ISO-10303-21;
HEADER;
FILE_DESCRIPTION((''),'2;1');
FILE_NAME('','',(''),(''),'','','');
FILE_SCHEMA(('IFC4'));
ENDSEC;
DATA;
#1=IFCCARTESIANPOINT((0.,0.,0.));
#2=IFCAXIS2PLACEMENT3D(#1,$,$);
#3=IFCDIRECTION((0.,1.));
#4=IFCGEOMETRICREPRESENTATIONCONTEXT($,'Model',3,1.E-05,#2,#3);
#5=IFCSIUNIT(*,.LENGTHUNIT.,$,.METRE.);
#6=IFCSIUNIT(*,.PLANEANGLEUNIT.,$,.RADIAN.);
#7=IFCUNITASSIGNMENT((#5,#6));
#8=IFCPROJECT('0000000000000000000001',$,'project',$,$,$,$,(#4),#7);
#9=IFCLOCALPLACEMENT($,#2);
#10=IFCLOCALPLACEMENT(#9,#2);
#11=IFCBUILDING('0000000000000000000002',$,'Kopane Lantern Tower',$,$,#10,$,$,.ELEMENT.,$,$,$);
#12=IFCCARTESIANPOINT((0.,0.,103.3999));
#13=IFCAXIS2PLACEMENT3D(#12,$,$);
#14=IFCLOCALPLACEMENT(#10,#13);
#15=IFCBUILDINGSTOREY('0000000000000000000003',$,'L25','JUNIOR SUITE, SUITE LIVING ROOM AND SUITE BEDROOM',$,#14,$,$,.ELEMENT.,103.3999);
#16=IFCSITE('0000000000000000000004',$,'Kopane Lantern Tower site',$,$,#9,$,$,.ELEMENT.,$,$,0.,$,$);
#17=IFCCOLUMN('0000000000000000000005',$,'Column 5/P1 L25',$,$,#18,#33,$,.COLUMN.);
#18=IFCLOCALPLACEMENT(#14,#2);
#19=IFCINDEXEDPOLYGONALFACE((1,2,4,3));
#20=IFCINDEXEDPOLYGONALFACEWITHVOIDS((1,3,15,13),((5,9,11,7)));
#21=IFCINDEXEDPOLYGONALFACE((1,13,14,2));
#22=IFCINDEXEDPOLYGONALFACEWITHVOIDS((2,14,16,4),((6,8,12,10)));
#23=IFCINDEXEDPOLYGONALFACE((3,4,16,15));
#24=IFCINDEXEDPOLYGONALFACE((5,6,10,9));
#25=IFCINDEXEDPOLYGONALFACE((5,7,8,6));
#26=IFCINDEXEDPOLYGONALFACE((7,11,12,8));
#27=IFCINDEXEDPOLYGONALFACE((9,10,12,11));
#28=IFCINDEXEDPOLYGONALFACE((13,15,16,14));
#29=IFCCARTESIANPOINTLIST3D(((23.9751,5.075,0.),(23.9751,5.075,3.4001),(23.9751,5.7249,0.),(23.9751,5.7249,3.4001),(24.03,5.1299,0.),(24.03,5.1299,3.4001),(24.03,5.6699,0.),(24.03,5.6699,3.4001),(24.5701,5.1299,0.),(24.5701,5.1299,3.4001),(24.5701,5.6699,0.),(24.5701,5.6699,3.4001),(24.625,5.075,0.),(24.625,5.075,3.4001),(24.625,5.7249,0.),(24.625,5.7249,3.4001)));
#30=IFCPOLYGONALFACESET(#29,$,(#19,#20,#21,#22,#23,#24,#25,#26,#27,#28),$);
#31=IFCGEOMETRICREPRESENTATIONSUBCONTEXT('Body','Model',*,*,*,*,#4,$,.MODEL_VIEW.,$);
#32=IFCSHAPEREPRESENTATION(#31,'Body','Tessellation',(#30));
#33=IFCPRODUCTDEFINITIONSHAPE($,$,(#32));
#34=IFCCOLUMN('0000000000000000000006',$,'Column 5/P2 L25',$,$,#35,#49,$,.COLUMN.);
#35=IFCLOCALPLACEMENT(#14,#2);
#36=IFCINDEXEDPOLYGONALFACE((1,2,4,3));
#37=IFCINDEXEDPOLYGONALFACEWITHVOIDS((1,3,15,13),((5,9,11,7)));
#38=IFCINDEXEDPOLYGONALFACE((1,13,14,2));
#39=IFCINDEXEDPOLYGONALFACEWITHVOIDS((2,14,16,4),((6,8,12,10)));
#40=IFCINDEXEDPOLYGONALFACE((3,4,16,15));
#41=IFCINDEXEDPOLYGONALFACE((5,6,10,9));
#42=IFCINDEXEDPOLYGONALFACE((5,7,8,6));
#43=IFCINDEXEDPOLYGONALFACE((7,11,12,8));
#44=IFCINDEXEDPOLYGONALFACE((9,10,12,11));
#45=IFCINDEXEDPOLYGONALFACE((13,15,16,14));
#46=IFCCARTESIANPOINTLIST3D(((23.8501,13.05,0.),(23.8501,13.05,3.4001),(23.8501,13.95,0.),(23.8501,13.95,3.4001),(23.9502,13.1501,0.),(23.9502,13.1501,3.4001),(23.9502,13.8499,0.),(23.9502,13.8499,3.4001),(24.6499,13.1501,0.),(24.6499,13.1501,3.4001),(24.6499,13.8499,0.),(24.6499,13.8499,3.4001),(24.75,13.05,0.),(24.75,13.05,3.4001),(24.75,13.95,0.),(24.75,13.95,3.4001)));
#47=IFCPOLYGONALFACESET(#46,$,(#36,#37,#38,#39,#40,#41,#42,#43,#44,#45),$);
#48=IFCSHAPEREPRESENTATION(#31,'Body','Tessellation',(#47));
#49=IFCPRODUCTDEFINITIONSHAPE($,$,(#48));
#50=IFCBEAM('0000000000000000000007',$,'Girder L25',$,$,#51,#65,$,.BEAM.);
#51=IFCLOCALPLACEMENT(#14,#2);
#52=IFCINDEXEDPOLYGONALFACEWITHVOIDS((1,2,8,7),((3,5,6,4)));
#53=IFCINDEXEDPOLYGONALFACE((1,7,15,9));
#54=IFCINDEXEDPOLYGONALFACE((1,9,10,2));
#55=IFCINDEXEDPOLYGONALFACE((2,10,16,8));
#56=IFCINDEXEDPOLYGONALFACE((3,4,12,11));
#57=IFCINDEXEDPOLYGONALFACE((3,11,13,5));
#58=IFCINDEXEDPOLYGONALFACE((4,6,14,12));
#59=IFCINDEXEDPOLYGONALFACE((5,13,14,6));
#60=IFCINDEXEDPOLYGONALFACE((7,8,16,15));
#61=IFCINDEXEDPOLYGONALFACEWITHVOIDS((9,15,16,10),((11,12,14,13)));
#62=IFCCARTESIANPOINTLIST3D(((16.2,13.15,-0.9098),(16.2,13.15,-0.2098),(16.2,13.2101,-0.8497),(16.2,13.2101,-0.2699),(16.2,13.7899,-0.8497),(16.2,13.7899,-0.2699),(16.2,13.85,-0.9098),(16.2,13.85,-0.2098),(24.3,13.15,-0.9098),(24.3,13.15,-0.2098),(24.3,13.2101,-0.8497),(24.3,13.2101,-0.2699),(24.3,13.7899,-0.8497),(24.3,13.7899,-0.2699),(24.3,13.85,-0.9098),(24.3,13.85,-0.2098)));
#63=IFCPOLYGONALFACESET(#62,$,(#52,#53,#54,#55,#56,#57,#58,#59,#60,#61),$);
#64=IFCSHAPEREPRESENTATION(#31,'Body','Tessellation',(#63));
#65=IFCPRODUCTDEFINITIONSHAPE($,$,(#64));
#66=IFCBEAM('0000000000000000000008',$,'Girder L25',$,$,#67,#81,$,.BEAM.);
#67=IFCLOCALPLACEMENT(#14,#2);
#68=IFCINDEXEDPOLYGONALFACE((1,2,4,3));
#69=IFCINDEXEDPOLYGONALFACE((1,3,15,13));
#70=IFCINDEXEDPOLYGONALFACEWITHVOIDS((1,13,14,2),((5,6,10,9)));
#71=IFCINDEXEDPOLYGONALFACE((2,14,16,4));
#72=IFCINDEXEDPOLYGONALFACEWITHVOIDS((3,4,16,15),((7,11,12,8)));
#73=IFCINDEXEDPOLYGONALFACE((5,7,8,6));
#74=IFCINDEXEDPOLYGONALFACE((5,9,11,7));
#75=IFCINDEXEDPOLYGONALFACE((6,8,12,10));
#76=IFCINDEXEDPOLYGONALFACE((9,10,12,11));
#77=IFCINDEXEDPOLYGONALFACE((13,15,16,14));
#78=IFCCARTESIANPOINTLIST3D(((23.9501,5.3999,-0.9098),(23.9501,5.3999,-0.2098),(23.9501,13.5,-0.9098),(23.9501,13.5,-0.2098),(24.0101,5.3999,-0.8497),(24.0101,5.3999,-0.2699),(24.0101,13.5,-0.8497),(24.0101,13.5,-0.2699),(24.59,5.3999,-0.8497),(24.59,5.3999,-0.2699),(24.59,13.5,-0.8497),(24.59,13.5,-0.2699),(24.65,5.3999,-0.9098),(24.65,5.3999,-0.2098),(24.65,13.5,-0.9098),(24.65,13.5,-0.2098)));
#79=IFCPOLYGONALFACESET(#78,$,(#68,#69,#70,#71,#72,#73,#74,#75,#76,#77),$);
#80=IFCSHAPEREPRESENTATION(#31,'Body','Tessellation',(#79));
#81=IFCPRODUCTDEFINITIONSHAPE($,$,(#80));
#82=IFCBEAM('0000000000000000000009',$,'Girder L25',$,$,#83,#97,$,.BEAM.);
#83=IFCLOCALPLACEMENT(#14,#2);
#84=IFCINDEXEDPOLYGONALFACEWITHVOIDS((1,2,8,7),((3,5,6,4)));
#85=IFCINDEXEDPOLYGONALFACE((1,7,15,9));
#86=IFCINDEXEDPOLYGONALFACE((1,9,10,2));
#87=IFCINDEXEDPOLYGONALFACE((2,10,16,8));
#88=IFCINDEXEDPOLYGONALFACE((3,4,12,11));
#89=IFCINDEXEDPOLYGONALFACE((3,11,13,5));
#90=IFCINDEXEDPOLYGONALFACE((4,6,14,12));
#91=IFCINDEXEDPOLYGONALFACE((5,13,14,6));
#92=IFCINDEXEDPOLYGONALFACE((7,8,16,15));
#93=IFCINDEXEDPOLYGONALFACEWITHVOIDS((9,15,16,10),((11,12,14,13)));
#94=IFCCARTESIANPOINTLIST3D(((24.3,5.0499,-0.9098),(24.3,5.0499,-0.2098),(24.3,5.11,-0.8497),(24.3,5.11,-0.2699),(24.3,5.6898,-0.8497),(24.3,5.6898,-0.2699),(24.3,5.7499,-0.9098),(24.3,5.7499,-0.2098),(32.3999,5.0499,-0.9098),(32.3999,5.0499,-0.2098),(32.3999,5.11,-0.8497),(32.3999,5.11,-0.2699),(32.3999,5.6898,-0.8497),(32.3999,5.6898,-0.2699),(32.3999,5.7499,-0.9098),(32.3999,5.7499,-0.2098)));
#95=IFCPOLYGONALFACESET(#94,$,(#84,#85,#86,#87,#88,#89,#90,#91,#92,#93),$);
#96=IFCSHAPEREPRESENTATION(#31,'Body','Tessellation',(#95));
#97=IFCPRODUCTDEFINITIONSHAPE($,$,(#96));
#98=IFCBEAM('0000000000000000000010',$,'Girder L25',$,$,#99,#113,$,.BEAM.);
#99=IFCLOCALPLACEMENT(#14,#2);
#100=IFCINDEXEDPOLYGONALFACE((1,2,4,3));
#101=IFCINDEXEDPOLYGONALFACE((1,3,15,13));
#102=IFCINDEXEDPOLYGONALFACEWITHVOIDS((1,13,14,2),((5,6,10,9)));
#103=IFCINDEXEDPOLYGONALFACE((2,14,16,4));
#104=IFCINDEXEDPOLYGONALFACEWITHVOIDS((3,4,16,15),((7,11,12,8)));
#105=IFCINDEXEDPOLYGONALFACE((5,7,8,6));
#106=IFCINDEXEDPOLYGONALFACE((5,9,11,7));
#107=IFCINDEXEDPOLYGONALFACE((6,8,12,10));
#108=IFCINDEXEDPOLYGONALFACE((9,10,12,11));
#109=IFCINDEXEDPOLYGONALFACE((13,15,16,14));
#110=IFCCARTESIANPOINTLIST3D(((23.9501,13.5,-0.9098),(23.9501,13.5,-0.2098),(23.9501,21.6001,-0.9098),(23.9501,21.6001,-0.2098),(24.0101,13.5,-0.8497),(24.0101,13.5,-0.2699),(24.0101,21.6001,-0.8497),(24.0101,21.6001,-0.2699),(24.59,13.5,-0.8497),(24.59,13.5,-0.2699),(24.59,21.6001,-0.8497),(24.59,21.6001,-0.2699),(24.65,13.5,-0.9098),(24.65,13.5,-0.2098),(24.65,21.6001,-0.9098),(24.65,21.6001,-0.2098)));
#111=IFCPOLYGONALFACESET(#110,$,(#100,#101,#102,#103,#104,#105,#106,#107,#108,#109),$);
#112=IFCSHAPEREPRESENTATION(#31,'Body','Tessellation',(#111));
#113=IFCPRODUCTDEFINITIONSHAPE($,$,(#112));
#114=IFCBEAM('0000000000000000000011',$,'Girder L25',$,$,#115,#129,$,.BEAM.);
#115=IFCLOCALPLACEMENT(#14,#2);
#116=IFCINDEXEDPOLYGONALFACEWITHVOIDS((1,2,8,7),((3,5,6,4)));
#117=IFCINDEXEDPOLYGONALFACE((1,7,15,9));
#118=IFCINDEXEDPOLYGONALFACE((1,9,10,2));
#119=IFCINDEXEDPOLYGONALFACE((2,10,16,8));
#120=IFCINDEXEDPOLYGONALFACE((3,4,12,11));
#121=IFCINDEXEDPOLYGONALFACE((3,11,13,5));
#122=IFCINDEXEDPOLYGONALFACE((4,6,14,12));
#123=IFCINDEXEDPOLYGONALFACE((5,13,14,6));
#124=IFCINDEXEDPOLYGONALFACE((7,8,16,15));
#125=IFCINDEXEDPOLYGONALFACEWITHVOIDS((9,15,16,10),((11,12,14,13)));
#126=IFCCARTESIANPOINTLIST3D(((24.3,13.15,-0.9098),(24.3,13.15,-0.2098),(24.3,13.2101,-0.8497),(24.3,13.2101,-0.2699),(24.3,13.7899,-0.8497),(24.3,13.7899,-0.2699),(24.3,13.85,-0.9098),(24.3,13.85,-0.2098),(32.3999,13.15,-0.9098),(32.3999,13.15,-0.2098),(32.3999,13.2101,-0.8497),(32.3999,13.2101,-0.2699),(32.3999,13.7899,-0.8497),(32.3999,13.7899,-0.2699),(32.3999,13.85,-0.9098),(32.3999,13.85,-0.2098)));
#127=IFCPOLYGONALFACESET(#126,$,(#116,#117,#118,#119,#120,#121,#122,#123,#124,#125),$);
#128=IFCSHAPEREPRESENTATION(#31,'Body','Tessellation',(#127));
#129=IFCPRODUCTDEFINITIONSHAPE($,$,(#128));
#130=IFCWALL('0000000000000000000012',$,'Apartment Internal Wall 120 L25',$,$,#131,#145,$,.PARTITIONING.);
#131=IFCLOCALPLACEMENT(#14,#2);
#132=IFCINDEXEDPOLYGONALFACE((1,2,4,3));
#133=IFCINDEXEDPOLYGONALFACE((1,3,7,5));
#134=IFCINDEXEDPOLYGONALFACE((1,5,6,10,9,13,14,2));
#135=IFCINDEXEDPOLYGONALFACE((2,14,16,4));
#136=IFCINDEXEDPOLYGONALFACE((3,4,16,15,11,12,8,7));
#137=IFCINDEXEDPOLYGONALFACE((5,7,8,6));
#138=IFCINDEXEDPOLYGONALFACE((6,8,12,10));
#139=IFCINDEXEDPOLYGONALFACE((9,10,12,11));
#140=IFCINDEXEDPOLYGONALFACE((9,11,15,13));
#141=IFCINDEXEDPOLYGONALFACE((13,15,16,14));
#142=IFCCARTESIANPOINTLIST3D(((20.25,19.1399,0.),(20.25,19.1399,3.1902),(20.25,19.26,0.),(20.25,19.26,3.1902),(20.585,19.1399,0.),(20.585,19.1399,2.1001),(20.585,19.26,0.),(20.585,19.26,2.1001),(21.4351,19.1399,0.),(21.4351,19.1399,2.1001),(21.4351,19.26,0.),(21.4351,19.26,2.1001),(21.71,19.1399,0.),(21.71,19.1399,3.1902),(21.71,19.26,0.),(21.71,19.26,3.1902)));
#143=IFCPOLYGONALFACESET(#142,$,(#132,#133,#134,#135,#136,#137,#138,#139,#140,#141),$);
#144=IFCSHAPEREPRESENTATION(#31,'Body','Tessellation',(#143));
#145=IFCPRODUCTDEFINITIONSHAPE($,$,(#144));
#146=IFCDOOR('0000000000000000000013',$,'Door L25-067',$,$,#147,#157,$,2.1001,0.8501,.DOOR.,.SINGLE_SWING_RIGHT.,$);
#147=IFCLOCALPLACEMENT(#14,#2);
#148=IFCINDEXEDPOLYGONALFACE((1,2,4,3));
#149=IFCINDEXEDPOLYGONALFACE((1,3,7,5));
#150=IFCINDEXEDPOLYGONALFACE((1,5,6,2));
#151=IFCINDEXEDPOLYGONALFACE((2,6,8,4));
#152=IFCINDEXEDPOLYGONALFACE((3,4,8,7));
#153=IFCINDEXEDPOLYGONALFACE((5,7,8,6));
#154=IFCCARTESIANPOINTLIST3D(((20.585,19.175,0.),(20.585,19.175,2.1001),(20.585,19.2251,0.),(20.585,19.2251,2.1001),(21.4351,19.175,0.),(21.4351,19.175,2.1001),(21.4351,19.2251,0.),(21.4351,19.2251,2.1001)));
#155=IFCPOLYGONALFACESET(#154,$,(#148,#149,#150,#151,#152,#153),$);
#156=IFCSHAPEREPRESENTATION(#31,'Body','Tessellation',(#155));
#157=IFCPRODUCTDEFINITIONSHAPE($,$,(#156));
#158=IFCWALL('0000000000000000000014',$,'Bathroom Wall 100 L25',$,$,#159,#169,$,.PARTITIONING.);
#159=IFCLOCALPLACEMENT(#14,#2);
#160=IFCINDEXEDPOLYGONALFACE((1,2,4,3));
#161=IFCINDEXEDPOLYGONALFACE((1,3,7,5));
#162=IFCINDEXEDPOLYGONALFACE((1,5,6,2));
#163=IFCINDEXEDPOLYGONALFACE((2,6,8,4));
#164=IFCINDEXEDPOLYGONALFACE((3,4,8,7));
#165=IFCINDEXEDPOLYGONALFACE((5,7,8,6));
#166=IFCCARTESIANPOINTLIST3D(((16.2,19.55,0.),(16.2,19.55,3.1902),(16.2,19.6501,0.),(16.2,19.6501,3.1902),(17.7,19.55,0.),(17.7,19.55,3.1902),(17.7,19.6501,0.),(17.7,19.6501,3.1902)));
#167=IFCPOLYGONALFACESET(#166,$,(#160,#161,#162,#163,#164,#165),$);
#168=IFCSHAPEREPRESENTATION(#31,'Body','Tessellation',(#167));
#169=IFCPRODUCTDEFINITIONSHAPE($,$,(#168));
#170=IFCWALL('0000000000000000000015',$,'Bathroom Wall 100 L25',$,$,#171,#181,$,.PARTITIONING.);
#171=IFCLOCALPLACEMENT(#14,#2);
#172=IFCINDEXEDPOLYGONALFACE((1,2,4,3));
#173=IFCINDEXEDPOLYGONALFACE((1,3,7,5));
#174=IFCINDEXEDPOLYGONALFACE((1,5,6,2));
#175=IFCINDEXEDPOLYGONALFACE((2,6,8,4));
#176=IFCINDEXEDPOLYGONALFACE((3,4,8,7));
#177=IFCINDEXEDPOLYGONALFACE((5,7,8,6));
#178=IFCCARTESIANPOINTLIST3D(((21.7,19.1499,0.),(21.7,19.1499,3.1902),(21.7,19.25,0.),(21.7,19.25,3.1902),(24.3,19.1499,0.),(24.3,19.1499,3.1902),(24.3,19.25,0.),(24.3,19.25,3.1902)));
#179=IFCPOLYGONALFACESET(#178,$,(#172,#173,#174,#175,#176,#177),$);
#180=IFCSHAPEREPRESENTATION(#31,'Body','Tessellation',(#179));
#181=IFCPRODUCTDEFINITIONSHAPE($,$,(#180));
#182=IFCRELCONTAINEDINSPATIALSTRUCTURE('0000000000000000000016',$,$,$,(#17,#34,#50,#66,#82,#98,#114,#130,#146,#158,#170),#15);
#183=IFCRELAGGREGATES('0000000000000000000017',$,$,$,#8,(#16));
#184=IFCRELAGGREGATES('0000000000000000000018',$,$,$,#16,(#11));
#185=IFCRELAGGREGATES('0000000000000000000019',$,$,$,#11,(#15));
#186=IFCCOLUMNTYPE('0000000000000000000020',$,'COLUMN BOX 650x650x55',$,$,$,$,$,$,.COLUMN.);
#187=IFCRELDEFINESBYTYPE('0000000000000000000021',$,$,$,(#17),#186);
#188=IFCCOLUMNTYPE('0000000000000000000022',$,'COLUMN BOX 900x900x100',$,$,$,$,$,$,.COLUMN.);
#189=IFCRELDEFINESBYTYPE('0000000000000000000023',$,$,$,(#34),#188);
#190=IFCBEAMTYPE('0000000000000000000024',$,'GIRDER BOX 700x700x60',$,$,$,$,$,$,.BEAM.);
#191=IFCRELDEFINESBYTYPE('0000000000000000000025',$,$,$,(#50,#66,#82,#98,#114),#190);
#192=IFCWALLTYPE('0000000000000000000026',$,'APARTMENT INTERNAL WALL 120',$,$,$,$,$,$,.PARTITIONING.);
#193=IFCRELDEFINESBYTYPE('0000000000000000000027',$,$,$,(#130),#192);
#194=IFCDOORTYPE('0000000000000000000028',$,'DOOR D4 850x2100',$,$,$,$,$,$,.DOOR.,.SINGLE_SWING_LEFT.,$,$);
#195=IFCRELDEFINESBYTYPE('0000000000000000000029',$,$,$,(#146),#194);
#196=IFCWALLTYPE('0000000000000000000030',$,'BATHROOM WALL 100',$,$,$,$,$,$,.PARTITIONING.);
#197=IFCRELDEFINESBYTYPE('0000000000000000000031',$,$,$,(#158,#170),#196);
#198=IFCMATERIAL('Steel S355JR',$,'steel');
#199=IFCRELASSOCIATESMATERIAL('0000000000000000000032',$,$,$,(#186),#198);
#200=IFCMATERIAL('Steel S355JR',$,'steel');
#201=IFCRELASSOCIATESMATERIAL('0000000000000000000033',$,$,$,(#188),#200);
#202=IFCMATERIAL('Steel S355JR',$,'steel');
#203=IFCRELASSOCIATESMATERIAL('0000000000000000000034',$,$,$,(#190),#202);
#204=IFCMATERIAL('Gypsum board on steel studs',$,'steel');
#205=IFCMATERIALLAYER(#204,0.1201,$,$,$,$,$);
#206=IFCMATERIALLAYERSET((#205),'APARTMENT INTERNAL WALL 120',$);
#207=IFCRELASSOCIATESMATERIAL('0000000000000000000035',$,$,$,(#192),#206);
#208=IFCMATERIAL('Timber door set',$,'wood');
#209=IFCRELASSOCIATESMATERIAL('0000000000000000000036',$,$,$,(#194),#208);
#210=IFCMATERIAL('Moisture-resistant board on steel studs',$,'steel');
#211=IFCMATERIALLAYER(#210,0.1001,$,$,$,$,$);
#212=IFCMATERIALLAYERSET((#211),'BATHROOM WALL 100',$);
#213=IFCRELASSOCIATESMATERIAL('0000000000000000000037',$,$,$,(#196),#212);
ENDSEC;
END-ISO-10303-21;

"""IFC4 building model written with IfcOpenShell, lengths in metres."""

from ifc_helpers import new_model, si_unit, direction, frame, frame_2d, origin, origin_2d, place, context, subcontext, project, spatial, rectangle, hollow_rectangle, extrude, material, layer, layer_set, material_profile, profile_set, type_object, element, fill, save


model = new_model("IFC4")

# Units and contexts
model_context = context("Model", 3, precision=1e-05, world=origin(), true_north=direction((0.0, 1.0)))
body_context = subcontext(model_context, "Body", "Model", "MODEL_VIEW")
ifc_project = project(units=[si_unit("LENGTHUNIT", "METRE"), si_unit("PLANEANGLEUNIT", "RADIAN")], contexts=[model_context])

# Site, building, storey
site_placement = place(None, origin())
site = spatial("IfcSite", under=ifc_project, at=site_placement, Name="Kopane Lantern Tower site", CompositionType="ELEMENT", RefElevation=0.0)
building_placement = place(site_placement, origin())
building = spatial("IfcBuilding", under=site, at=building_placement, Name="Kopane Lantern Tower", CompositionType="ELEMENT")
storey_placement = place(building_placement, frame((0.0, 0.0, 103.3999)))
storey = spatial("IfcBuildingStorey", under=building, at=storey_placement, Name="L25", Description="JUNIOR SUITE, SUITE LIVING ROOM AND SUITE BEDROOM", CompositionType="ELEMENT", Elevation=103.3999)

# Columns
ifc_material_1 = material(Name="Steel S355JR", Category="steel")
ifc_material_profile_1 = material_profile(ifc_material_1, hollow_rectangle(XDim=0.6499, YDim=0.6499, WallThickness=0.0549, at=origin_2d()), Name="BOX 650x650x55")
ifc_profile_set_1 = profile_set([ifc_material_profile_1], Name="Steel S355JR")
column_type_1 = type_object("IfcColumnType", Name="COLUMN BOX 650x650x55", PredefinedType="COLUMN", material=ifc_profile_set_1)
column_1_placement = place(storey_placement, frame((24.3, 5.3999, 0.0), z_axis=(0.0, 0.0, 1.0), x_axis=(1.0, 0.0, 0.0)))
element("IfcColumn", 1, at=column_1_placement, inside=storey, type_object=column_type_1, Name="Column 5/P1 L25", PredefinedType="COLUMN", context=body_context, shape_type="SweptSolid", body=[
    extrude(hollow_rectangle(XDim=0.6499, YDim=0.6499, WallThickness=0.0549, at=origin_2d()), origin(), (0.0, 0.0, 1.0), 3.4001),
])
ifc_material_2 = material(Name="Steel S355JR", Category="steel")
ifc_material_profile_2 = material_profile(ifc_material_2, hollow_rectangle(XDim=0.8999, YDim=0.8999, WallThickness=0.1001, at=origin_2d()), Name="BOX 900x900x100")
ifc_profile_set_2 = profile_set([ifc_material_profile_2], Name="Steel S355JR")
column_type_2 = type_object("IfcColumnType", Name="COLUMN BOX 900x900x100", PredefinedType="COLUMN", material=ifc_profile_set_2)
column_2_placement = place(storey_placement, frame((24.3, 13.5, 0.0), z_axis=(0.0, 0.0, 1.0), x_axis=(1.0, 0.0, 0.0)))
element("IfcColumn", 2, at=column_2_placement, inside=storey, type_object=column_type_2, Name="Column 5/P2 L25", PredefinedType="COLUMN", context=body_context, shape_type="SweptSolid", body=[
    extrude(hollow_rectangle(XDim=0.8999, YDim=0.8999, WallThickness=0.1001, at=origin_2d()), origin(), (0.0, 0.0, 1.0), 3.4001),
])

# Beams
ifc_material_3 = material(Name="Steel S355JR", Category="steel")
ifc_material_profile_3 = material_profile(ifc_material_3, hollow_rectangle(XDim=0.7, YDim=0.7, WallThickness=0.0601, at=origin_2d()), Name="BOX 700x700x60")
ifc_profile_set_3 = profile_set([ifc_material_profile_3], Name="Steel S355JR")
beam_type = type_object("IfcBeamType", Name="GIRDER BOX 700x700x60", PredefinedType="BEAM", material=ifc_profile_set_3)
for number, where, z_axis, x_axis, name in (
    (3, (16.2, 13.5, -0.5598), (1.0, 0.0, 0.0), (0.0, 1.0, 0.0), "Girder L25"),
    (4, (24.3, 5.3999, -0.5598), (0.0, 1.0, 0.0), (-1.0, 0.0, 0.0), "Girder L25"),
):
    element("IfcBeam", number, at=place(storey_placement, frame(where, z_axis=z_axis, x_axis=x_axis)), inside=storey, type_object=beam_type, Name=name, PredefinedType="BEAM", context=body_context, shape_type="SweptSolid", body=[
        extrude(hollow_rectangle(XDim=0.7, YDim=0.7, WallThickness=0.0601, at=origin_2d()), origin(), (0.0, 0.0, 1.0), 8.1001),
    ])
beam_1_placement = place(storey_placement, frame((24.3, 5.3999, -0.5598), z_axis=(1.0, 0.0, 0.0), x_axis=(0.0, 1.0, 0.0)))
element("IfcBeam", 5, at=beam_1_placement, inside=storey, type_object=beam_type, Name="Girder L25", PredefinedType="BEAM", context=body_context, shape_type="SweptSolid", body=[
    extrude(hollow_rectangle(XDim=0.7, YDim=0.7, WallThickness=0.0601, at=origin_2d()), origin(), (0.0, 0.0, 1.0), 8.0999),
])
beam_2_placement = place(storey_placement, frame((24.3, 13.5, -0.5598), z_axis=(0.0, 1.0, 0.0), x_axis=(-1.0, 0.0, 0.0)))
element("IfcBeam", 6, at=beam_2_placement, inside=storey, type_object=beam_type, Name="Girder L25", PredefinedType="BEAM", context=body_context, shape_type="SweptSolid", body=[
    extrude(hollow_rectangle(XDim=0.7, YDim=0.7, WallThickness=0.0601, at=origin_2d()), origin(), (0.0, 0.0, 1.0), 8.1001),
])
beam_3_placement = place(storey_placement, frame((24.3, 13.5, -0.5598), z_axis=(1.0, 0.0, 0.0), x_axis=(0.0, 1.0, 0.0)))
element("IfcBeam", 7, at=beam_3_placement, inside=storey, type_object=beam_type, Name="Girder L25", PredefinedType="BEAM", context=body_context, shape_type="SweptSolid", body=[
    extrude(hollow_rectangle(XDim=0.7, YDim=0.7, WallThickness=0.0601, at=origin_2d()), origin(), (0.0, 0.0, 1.0), 8.0999),
])

# Wall, opening, door
ifc_material_4 = material(Name="Gypsum board on steel studs", Category="steel")
ifc_layer_1 = layer(ifc_material_4, 0.1201)
ifc_layer_set_1 = layer_set([ifc_layer_1], Name="APARTMENT INTERNAL WALL 120")
wall_type_1 = type_object("IfcWallType", Name="APARTMENT INTERNAL WALL 120", PredefinedType="PARTITIONING", material=ifc_layer_set_1)
wall_1_placement = place(storey_placement, frame((21.71, 19.2, 0.0), z_axis=(0.0, 0.0, 1.0), x_axis=(-1.0, 0.0, 0.0)))
wall_1 = element("IfcWall", 8, at=wall_1_placement, inside=storey, type_object=wall_type_1, Name="Apartment Internal Wall 120 L25", PredefinedType="PARTITIONING", context=body_context, shape_type="SweptSolid", body=[
    extrude(rectangle(XDim=1.46, YDim=0.1201, at=frame_2d((0.73, 0.0))), origin(), (0.0, 0.0, 1.0), 3.1902),
])
opening_placement = place(wall_1_placement, frame((0.2749, 0.0, 0.0)))
opening = element("IfcOpeningElement", 9, at=opening_placement, cuts=wall_1, PredefinedType="OPENING", context=body_context, shape_type="SweptSolid", body=[
    extrude(rectangle(XDim=0.8501, YDim=2.1001, at=frame_2d((0.425, 1.05))), frame((0.0, 0.0701, 0.0), z_axis=(0.0, -1.0, 0.0), x_axis=(1.0, 0.0, 0.0)), (0.0, 0.0, 1.0), 0.1401),
])
ifc_material_5 = material(Name="Timber door set", Category="wood")
door_type = type_object("IfcDoorType", Name="DOOR D4 850x2100", OperationType="SINGLE_SWING_LEFT", PredefinedType="DOOR", material=ifc_material_5)
door_placement = place(opening_placement, origin())
door = element("IfcDoor", 10, at=door_placement, inside=storey, type_object=door_type, Name="Door L25-067", OperationType="SINGLE_SWING_RIGHT", OverallHeight=2.1001, OverallWidth=0.8501, PredefinedType="DOOR", context=body_context, shape_type="SweptSolid", body=[
    extrude(rectangle(XDim=0.8501, YDim=2.1001, at=frame_2d((0.425, 1.05))), frame((0.0, 0.0249, 0.0), z_axis=(0.0, -1.0, 0.0), x_axis=(1.0, 0.0, 0.0)), (0.0, 0.0, 1.0), 0.05),
])
fill(opening, door)

# Walls
ifc_material_6 = material(Name="Moisture-resistant board on steel studs", Category="steel")
ifc_layer_2 = layer(ifc_material_6, 0.1001)
ifc_layer_set_2 = layer_set([ifc_layer_2], Name="BATHROOM WALL 100")
wall_type_2 = type_object("IfcWallType", Name="BATHROOM WALL 100", PredefinedType="PARTITIONING", material=ifc_layer_set_2)
wall_2_placement = place(storey_placement, frame((16.2, 19.6001, 0.0), z_axis=(0.0, 0.0, 1.0), x_axis=(1.0, 0.0, 0.0)))
element("IfcWall", 11, at=wall_2_placement, inside=storey, type_object=wall_type_2, Name="Bathroom Wall 100 L25", PredefinedType="PARTITIONING", context=body_context, shape_type="SweptSolid", body=[
    extrude(rectangle(XDim=1.5, YDim=0.1001, at=frame_2d((0.75, 0.0))), origin(), (0.0, 0.0, 1.0), 3.1902),
])
wall_3_placement = place(storey_placement, frame((21.7, 19.2, 0.0), z_axis=(0.0, 0.0, 1.0), x_axis=(1.0, 0.0, 0.0)))
element("IfcWall", 12, at=wall_3_placement, inside=storey, type_object=wall_type_2, Name="Bathroom Wall 100 L25", PredefinedType="PARTITIONING", context=body_context, shape_type="SweptSolid", body=[
    extrude(rectangle(XDim=2.6001, YDim=0.1001, at=frame_2d((1.3, 0.0))), origin(), (0.0, 0.0, 1.0), 3.1902),
])

save(model, "model.ifc")
